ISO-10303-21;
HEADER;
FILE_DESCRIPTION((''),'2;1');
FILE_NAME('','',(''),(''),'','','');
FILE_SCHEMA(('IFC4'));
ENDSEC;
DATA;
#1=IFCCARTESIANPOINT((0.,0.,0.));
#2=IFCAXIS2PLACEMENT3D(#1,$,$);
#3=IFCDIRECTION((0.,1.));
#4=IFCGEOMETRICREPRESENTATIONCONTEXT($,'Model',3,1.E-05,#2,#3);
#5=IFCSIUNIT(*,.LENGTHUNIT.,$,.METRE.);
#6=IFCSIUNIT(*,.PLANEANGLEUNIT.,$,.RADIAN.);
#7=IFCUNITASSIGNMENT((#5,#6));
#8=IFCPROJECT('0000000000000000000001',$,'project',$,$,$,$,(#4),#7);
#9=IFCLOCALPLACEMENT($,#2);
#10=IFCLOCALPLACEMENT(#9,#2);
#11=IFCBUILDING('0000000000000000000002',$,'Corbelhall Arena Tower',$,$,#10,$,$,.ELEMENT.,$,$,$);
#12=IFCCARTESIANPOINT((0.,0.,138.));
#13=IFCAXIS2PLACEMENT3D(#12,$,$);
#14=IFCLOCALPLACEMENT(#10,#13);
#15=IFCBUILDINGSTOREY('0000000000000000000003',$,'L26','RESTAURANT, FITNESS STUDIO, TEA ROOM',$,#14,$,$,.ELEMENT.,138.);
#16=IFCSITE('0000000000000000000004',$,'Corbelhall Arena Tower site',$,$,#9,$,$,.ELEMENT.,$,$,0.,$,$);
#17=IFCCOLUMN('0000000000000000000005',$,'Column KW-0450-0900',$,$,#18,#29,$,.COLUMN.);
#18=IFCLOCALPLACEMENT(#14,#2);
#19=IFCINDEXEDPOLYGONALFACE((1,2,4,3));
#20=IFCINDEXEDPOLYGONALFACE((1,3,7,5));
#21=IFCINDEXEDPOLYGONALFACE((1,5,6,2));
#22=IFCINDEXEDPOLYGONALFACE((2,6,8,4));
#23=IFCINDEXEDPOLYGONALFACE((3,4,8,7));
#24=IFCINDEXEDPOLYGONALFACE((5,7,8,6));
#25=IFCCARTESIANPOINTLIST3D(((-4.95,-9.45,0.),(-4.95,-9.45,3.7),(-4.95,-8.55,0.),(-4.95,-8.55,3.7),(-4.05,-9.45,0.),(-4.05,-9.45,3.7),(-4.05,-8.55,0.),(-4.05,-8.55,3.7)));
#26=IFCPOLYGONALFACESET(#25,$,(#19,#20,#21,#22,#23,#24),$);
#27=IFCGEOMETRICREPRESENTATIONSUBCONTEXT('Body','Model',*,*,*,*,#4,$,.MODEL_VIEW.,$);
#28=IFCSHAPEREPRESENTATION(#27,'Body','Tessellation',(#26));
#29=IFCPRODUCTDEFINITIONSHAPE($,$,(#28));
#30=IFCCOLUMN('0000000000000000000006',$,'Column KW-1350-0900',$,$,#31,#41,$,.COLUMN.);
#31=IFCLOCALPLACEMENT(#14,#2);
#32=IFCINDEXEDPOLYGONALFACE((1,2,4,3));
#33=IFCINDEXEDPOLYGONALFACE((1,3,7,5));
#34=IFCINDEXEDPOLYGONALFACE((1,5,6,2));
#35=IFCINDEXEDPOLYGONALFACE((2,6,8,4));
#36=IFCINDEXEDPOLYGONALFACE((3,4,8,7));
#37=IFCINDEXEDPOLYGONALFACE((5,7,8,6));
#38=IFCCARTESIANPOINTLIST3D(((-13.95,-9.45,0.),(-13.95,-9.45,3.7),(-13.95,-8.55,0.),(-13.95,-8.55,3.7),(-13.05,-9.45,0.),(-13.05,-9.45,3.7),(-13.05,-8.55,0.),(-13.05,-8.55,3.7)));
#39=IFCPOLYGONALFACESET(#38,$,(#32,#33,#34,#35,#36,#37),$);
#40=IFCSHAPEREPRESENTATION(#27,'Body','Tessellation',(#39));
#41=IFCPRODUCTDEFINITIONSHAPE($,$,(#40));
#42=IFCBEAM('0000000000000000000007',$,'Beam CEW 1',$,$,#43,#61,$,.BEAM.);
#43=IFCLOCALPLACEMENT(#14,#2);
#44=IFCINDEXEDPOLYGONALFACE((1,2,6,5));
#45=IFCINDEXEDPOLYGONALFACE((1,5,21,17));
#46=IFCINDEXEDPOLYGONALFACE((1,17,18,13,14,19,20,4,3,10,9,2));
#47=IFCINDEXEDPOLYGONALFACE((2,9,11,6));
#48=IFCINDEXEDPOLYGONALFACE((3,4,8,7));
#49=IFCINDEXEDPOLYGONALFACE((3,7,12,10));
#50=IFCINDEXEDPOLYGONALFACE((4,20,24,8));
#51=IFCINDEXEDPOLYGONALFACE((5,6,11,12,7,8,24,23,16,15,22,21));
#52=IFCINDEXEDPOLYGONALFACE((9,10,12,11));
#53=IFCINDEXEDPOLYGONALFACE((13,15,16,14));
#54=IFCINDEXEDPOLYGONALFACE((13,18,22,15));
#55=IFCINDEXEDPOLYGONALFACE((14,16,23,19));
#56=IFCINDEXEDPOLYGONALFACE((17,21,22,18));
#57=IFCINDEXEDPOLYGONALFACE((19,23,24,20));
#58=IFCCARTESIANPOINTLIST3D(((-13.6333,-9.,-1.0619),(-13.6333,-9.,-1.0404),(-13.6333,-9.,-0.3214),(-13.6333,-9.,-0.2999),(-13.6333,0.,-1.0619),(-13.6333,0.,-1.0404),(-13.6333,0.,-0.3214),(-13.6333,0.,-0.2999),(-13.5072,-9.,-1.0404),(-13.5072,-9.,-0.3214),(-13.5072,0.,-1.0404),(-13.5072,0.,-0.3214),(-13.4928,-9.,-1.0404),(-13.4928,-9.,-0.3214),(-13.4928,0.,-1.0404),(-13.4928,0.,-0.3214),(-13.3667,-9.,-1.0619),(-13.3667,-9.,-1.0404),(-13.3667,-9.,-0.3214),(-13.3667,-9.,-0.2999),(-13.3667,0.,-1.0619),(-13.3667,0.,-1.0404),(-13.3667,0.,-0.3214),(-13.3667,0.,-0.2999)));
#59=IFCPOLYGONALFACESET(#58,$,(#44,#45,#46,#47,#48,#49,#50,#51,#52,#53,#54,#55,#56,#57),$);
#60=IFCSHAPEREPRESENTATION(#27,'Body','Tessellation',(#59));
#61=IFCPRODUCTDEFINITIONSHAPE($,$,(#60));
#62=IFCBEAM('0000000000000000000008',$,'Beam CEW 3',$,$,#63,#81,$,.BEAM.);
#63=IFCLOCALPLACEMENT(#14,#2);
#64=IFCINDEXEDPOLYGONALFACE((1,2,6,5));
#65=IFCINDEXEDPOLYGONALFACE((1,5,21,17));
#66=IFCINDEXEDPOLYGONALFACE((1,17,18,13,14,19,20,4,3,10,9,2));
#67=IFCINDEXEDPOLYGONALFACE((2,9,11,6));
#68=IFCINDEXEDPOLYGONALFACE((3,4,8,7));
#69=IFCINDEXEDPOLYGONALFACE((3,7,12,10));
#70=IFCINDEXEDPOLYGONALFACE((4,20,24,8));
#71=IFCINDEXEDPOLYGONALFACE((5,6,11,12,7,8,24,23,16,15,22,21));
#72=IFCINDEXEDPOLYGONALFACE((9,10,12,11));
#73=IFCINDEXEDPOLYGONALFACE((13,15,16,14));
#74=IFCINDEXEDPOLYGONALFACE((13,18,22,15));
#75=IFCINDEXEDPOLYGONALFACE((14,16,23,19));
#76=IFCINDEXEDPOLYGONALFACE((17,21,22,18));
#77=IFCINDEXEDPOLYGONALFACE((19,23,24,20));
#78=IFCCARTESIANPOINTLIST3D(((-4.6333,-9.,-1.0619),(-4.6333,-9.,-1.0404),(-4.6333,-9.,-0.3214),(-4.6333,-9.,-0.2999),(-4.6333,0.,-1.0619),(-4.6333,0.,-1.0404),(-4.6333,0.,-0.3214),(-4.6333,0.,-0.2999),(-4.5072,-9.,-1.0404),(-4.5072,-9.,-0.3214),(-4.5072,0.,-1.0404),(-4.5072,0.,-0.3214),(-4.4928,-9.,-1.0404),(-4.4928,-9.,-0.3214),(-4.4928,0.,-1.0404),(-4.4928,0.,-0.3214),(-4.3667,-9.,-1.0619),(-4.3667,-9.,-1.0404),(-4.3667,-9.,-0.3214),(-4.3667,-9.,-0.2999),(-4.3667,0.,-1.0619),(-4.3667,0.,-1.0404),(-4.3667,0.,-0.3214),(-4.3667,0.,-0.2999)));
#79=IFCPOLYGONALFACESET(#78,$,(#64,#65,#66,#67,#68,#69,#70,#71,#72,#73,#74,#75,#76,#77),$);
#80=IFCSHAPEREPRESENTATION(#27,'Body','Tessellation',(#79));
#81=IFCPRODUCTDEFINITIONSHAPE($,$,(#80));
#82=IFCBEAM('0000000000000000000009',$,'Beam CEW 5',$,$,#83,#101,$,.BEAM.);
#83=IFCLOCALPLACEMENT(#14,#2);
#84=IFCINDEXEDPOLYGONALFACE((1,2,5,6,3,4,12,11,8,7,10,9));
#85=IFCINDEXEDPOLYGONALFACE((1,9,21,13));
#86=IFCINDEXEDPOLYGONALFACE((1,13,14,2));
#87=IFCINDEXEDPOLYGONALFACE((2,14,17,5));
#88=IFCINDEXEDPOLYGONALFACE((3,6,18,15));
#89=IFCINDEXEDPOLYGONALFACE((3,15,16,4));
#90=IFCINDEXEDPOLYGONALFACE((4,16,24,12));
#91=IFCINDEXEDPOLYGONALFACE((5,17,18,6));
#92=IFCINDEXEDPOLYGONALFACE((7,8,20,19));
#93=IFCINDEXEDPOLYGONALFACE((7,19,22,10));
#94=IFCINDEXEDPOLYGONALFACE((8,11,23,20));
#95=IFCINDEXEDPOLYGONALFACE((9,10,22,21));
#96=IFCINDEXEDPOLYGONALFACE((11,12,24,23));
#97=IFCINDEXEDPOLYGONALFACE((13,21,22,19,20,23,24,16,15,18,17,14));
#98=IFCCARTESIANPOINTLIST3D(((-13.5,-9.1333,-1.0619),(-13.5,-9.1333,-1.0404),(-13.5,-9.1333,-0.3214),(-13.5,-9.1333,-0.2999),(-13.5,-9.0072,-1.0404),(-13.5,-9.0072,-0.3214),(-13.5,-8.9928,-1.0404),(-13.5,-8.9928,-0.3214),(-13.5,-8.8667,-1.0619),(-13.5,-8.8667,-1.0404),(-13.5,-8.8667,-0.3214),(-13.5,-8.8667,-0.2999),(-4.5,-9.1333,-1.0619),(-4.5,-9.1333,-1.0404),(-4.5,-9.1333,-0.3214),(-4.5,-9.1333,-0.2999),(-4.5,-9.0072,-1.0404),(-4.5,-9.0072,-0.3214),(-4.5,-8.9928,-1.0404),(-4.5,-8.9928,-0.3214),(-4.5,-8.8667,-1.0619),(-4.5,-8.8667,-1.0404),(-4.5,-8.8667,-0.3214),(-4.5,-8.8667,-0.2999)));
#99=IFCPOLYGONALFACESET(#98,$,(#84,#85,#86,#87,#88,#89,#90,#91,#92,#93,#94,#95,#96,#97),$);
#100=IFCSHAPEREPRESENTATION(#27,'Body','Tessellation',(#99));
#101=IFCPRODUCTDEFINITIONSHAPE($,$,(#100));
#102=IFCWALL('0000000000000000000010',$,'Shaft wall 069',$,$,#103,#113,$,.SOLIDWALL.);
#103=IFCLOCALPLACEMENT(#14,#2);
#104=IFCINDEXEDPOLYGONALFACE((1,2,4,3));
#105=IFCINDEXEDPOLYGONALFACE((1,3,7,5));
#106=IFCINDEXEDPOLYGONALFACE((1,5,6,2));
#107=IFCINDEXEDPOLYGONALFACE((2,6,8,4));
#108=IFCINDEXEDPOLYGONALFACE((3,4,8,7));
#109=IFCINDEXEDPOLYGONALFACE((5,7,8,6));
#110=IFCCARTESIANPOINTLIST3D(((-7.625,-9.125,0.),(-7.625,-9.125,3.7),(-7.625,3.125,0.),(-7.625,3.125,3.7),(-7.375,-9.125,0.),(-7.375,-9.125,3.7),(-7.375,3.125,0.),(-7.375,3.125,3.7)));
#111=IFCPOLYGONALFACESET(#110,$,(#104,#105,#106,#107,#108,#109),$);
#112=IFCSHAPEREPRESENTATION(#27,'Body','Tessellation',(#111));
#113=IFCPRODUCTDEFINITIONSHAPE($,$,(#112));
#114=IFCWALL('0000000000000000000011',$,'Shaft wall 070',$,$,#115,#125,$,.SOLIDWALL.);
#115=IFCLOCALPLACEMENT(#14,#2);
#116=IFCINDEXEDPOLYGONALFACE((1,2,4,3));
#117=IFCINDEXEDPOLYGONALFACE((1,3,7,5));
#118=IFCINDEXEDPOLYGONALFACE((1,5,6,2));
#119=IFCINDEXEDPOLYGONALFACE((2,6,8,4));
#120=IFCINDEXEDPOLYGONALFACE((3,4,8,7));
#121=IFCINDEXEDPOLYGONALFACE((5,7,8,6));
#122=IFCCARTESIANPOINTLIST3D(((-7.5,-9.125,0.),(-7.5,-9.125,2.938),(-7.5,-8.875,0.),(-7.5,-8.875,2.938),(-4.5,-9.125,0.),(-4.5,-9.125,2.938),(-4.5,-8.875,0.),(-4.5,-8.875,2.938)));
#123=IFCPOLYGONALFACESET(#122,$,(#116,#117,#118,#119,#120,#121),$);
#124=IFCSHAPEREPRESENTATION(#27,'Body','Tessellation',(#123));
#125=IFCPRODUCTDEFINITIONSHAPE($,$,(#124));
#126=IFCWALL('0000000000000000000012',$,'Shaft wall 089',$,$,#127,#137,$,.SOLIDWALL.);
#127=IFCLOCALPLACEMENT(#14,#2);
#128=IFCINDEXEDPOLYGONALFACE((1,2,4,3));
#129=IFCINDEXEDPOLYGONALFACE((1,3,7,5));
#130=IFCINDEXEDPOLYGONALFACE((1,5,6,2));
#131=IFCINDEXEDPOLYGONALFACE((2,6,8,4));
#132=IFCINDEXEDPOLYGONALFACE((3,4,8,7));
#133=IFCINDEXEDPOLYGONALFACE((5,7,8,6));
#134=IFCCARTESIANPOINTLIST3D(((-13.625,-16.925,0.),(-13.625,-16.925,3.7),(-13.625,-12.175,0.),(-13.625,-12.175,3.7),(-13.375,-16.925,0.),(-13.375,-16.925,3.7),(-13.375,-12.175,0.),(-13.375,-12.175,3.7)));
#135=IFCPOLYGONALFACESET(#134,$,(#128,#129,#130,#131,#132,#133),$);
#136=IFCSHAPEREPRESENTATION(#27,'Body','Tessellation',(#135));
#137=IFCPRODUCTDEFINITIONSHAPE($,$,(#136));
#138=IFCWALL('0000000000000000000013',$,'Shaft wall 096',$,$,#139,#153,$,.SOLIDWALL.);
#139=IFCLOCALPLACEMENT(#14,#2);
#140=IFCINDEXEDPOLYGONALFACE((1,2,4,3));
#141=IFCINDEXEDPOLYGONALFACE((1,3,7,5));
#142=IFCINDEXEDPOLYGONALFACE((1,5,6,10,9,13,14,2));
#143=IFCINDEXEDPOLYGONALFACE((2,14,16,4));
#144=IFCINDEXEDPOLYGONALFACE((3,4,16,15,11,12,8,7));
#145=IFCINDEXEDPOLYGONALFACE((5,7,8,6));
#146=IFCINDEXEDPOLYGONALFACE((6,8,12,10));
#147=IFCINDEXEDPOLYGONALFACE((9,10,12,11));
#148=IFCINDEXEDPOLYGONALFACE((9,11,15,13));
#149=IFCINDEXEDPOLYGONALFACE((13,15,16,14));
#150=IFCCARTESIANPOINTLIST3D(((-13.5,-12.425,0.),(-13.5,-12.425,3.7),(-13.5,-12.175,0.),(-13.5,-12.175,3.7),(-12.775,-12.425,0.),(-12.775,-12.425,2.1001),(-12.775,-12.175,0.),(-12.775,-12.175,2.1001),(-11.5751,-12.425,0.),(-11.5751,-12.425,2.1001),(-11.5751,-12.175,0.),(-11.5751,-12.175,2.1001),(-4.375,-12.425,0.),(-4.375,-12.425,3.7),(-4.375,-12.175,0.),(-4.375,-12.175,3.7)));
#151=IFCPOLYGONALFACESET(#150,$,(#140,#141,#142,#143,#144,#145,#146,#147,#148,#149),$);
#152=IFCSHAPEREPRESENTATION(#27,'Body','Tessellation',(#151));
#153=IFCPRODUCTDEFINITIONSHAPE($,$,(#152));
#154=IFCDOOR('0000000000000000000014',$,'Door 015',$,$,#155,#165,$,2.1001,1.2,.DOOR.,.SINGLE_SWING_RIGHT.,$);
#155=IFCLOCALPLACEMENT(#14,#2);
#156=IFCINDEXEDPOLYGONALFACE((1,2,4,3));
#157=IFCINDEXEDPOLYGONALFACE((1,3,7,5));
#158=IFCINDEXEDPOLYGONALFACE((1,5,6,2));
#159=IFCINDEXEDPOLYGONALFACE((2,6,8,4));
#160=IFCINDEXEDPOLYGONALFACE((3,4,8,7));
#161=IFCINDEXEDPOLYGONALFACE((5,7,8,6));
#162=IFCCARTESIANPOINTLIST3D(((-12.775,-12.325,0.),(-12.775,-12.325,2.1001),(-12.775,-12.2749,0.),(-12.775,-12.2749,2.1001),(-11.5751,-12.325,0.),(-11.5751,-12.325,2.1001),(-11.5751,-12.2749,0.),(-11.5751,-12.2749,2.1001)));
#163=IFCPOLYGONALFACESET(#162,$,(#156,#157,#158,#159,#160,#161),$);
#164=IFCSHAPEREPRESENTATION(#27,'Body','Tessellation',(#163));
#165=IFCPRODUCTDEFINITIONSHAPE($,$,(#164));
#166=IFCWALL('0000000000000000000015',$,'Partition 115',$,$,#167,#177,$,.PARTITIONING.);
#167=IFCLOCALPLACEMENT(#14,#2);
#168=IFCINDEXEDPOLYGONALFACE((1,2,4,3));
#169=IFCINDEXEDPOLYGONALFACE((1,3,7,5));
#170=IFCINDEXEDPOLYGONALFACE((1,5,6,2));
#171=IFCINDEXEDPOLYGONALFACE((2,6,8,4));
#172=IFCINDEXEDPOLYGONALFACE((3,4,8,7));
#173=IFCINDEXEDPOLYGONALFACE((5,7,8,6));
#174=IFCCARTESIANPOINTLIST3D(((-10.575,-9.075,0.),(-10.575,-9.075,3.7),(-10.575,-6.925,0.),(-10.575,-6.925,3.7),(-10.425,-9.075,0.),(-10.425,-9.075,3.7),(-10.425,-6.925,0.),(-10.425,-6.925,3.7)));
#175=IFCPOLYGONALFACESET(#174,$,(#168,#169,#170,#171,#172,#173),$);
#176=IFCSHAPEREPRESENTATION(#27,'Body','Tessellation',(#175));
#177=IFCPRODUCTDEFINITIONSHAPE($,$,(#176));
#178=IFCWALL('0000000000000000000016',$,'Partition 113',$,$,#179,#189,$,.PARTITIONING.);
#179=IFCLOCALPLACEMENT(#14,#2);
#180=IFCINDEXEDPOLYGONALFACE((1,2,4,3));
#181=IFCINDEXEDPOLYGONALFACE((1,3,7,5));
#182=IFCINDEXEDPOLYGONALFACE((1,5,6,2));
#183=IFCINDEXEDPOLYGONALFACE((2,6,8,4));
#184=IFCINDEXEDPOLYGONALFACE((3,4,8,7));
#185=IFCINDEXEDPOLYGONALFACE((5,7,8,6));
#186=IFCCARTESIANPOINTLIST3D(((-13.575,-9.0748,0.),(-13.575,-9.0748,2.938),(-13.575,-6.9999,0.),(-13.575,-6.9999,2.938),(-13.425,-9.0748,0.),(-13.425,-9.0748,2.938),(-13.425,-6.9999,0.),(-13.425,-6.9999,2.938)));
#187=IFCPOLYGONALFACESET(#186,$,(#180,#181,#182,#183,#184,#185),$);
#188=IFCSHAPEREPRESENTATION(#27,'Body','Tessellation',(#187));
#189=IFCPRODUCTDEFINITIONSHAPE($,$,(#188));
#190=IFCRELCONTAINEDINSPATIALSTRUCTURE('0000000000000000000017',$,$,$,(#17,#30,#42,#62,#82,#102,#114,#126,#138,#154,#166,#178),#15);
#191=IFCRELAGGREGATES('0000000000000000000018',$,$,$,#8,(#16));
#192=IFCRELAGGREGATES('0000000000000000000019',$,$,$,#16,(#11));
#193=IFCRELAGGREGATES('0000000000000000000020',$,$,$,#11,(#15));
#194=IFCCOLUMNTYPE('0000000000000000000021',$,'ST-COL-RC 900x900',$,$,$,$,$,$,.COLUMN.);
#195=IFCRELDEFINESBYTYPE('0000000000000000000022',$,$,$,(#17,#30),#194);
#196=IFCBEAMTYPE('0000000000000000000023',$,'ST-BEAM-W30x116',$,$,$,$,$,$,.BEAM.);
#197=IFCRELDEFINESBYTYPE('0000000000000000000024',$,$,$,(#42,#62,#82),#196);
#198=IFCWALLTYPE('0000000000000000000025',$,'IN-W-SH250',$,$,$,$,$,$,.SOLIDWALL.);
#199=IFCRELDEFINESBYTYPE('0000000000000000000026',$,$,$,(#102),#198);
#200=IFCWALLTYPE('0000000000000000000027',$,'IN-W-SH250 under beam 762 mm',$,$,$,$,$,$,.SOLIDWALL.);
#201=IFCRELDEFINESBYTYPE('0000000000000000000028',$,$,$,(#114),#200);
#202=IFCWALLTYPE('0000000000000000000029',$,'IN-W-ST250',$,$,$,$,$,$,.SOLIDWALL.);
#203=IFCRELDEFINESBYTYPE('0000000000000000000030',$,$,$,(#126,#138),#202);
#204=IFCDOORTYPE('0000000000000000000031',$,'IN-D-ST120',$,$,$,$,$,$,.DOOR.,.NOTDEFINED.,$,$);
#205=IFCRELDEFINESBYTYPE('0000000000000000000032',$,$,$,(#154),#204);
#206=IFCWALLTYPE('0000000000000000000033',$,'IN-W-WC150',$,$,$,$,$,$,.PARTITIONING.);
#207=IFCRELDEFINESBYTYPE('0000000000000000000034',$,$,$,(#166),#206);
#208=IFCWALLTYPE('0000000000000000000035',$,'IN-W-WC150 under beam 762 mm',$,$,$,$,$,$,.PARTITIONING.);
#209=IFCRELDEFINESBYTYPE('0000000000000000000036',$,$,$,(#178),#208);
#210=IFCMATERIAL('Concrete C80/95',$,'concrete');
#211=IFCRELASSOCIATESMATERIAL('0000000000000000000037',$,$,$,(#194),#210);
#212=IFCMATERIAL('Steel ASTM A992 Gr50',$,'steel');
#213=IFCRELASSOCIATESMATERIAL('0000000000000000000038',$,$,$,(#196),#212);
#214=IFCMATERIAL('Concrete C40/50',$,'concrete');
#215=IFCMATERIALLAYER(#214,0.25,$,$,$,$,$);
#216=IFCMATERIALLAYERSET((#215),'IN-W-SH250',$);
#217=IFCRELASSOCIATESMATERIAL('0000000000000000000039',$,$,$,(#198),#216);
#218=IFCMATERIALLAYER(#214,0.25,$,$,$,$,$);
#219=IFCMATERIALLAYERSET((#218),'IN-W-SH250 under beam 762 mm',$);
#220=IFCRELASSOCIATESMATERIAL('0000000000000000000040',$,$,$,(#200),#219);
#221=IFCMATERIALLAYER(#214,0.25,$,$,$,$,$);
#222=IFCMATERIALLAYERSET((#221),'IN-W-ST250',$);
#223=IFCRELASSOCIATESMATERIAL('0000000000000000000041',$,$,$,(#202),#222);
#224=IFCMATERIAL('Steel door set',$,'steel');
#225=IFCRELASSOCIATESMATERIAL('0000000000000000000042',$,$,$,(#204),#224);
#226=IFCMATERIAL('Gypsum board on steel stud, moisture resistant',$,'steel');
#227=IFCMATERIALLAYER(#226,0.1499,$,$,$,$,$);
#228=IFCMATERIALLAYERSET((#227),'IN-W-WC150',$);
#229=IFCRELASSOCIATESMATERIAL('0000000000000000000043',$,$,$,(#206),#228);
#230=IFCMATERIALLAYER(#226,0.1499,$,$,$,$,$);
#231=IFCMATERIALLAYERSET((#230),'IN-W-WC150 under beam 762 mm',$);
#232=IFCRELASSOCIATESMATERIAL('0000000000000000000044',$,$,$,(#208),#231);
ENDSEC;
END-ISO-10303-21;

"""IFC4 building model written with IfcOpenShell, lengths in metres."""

from ifc_helpers import new_model, si_unit, direction, frame, frame_2d, origin, origin_2d, place, context, subcontext, project, spatial, rectangle, i_section, extrude, material, layer, layer_set, material_profile, profile_set, type_object, element, fill, save


model = new_model("IFC4")

# Units and contexts
model_context = context("Model", 3, precision=1e-05, world=origin(), true_north=direction((0.0, 1.0)))
body_context = subcontext(model_context, "Body", "Model", "MODEL_VIEW")
ifc_project = project(units=[si_unit("LENGTHUNIT", "METRE"), si_unit("PLANEANGLEUNIT", "RADIAN")], contexts=[model_context])

# Site, building, storey
site_placement = place(None, origin())
site = spatial("IfcSite", under=ifc_project, at=site_placement, Name="Corbelhall Arena Tower site", CompositionType="ELEMENT", RefElevation=0.0)
building_placement = place(site_placement, origin())
building = spatial("IfcBuilding", under=site, at=building_placement, Name="Corbelhall Arena Tower", CompositionType="ELEMENT")
storey_placement = place(building_placement, frame((0.0, 0.0, 138.0)))
storey = spatial("IfcBuildingStorey", under=building, at=storey_placement, Name="L26", Description="RESTAURANT, FITNESS STUDIO, TEA ROOM", CompositionType="ELEMENT", Elevation=138.0)

# Columns
ifc_material_1 = material(Name="Concrete C80/95", Category="concrete")
ifc_material_profile_1 = material_profile(ifc_material_1, rectangle(XDim=0.8999, YDim=0.8999, at=origin_2d()))
ifc_profile_set_1 = profile_set([ifc_material_profile_1], Name="Concrete C80/95")
column_type = type_object("IfcColumnType", Name="ST-COL-RC 900x900", PredefinedType="COLUMN", material=ifc_profile_set_1)
for number, where, z_axis, x_axis, name in (
    (1, (-4.5, -9.0, 0.0), (0.0, 0.0, 1.0), (1.0, 0.0, 0.0), "Column KW-0450-0900"),
    (2, (-13.5, -9.0, 0.0), (0.0, 0.0, 1.0), (1.0, 0.0, 0.0), "Column KW-1350-0900"),
):
    element("IfcColumn", number, at=place(storey_placement, frame(where, z_axis=z_axis, x_axis=x_axis)), inside=storey, type_object=column_type, Name=name, PredefinedType="COLUMN", context=body_context, shape_type="SweptSolid", body=[
        extrude(rectangle(XDim=0.8999, YDim=0.8999, at=origin_2d()), origin(), (0.0, 0.0, 1.0), 3.7),
    ])

# Beams
ifc_material_2 = material(Name="Steel ASTM A992 Gr50", Category="steel")
ifc_material_profile_2 = material_profile(ifc_material_2, i_section(OverallWidth=0.2666, OverallDepth=0.762, WebThickness=0.0144, FlangeThickness=0.0215, at=origin_2d()))
ifc_profile_set_2 = profile_set([ifc_material_profile_2], Name="Steel ASTM A992 Gr50")
beam_type = type_object("IfcBeamType", Name="ST-BEAM-W30x116", PredefinedType="BEAM", material=ifc_profile_set_2)
for number, where, z_axis, x_axis, name in (
    (3, (-13.5, -9.0, -0.6809), (0.0, 1.0, 0.0), (-1.0, 0.0, 0.0), "Beam CEW 1"),
    (4, (-4.5, -9.0, -0.6809), (0.0, 1.0, 0.0), (-1.0, 0.0, 0.0), "Beam CEW 3"),
    (5, (-13.5, -9.0, -0.6809), (1.0, 0.0, 0.0), (0.0, 1.0, 0.0), "Beam CEW 5"),
):
    element("IfcBeam", number, at=place(storey_placement, frame(where, z_axis=z_axis, x_axis=x_axis)), inside=storey, type_object=beam_type, Name=name, PredefinedType="BEAM", context=body_context, shape_type="SweptSolid", body=[
        extrude(i_section(OverallWidth=0.2666, OverallDepth=0.762, WebThickness=0.0144, FlangeThickness=0.0215, at=origin_2d()), origin(), (0.0, 0.0, 1.0), 9.0),
    ])

# Shared definitions
ifc_material_3 = material(Name="Steel door set", Category="steel")

# Walls
ifc_material_4 = material(Name="Concrete C40/50", Category="concrete")
ifc_layer_1 = layer(ifc_material_4, 0.25)
ifc_layer_set_1 = layer_set([ifc_layer_1], Name="IN-W-SH250")
wall_type_1 = type_object("IfcWallType", Name="IN-W-SH250", PredefinedType="SOLIDWALL", material=ifc_layer_set_1)
wall_1_placement = place(storey_placement, frame((-7.5, -9.125, 0.0), z_axis=(0.0, 0.0, 1.0), x_axis=(0.0, 1.0, 0.0)))
element("IfcWall", 6, at=wall_1_placement, inside=storey, type_object=wall_type_1, Name="Shaft wall 069", PredefinedType="SOLIDWALL", context=body_context, shape_type="SweptSolid", body=[
    extrude(rectangle(XDim=12.25, YDim=0.25, at=frame_2d((6.125, 0.0))), origin(), (0.0, 0.0, 1.0), 3.7),
])
ifc_layer_2 = layer(ifc_material_4, 0.25)
ifc_layer_set_2 = layer_set([ifc_layer_2], Name="IN-W-SH250 under beam 762 mm")
wall_type_2 = type_object("IfcWallType", Name="IN-W-SH250 under beam 762 mm", PredefinedType="SOLIDWALL", material=ifc_layer_set_2)
wall_2_placement = place(storey_placement, frame((-4.5, -9.0, 0.0), z_axis=(0.0, 0.0, 1.0), x_axis=(-1.0, 0.0, 0.0)))
element("IfcWall", 7, at=wall_2_placement, inside=storey, type_object=wall_type_2, Name="Shaft wall 070", PredefinedType="SOLIDWALL", context=body_context, shape_type="SweptSolid", body=[
    extrude(rectangle(XDim=3.0, YDim=0.25, at=frame_2d((1.5, 0.0))), origin(), (0.0, 0.0, 1.0), 2.938),
])
ifc_layer_3 = layer(ifc_material_4, 0.25)
ifc_layer_set_3 = layer_set([ifc_layer_3], Name="IN-W-ST250")
wall_type_3 = type_object("IfcWallType", Name="IN-W-ST250", PredefinedType="SOLIDWALL", material=ifc_layer_set_3)
wall_3_placement = place(storey_placement, frame((-13.5, -12.175, 0.0), z_axis=(0.0, 0.0, 1.0), x_axis=(0.0, -1.0, 0.0)))
element("IfcWall", 8, at=wall_3_placement, inside=storey, type_object=wall_type_3, Name="Shaft wall 089", PredefinedType="SOLIDWALL", context=body_context, shape_type="SweptSolid", body=[
    extrude(rectangle(XDim=4.75, YDim=0.25, at=frame_2d((2.375, 0.0))), origin(), (0.0, 0.0, 1.0), 3.7),
])

# Wall, opening, door
wall_4_placement = place(storey_placement, frame((-4.375, -12.3, 0.0), z_axis=(0.0, 0.0, 1.0), x_axis=(-1.0, 0.0, 0.0)))
wall_4 = element("IfcWall", 9, at=wall_4_placement, inside=storey, type_object=wall_type_3, Name="Shaft wall 096", PredefinedType="SOLIDWALL", context=body_context, shape_type="SweptSolid", body=[
    extrude(rectangle(XDim=9.125, YDim=0.25, at=frame_2d((4.5625, 0.0))), origin(), (0.0, 0.0, 1.0), 3.7),
])
opening_1_placement = place(wall_4_placement, frame((7.2, 0.0, 0.0)))
opening_1 = element("IfcOpeningElement", 10, at=opening_1_placement, cuts=wall_4, PredefinedType="OPENING", context=body_context, shape_type="SweptSolid", body=[
    extrude(rectangle(XDim=1.2, YDim=2.1001, at=frame_2d((0.6001, 1.05))), frame((0.0, 0.125, 0.0), z_axis=(0.0, -1.0, 0.0), x_axis=(1.0, 0.0, 0.0)), (0.0, 0.0, 1.0), 0.25),
])
door_type_1 = type_object("IfcDoorType", Name="IN-D-ST120", OperationType="NOTDEFINED", PredefinedType="DOOR", material=ifc_material_3)
door_1_placement = place(opening_1_placement, origin())
door_1 = element("IfcDoor", 11, at=door_1_placement, inside=storey, type_object=door_type_1, Name="Door 015", OperationType="SINGLE_SWING_RIGHT", OverallHeight=2.1001, OverallWidth=1.2, PredefinedType="DOOR", context=body_context, shape_type="SweptSolid", body=[
    extrude(rectangle(XDim=1.2, YDim=2.1001, at=frame_2d((0.6001, 1.05))), frame((0.0, 0.0249, 0.0), z_axis=(0.0, -1.0, 0.0), x_axis=(1.0, 0.0, 0.0)), (0.0, 0.0, 1.0), 0.05),
])
fill(opening_1, door_1)

# Walls
ifc_material_5 = material(Name="Gypsum board on steel stud, moisture resistant", Category="steel")
ifc_layer_4 = layer(ifc_material_5, 0.1499)
ifc_layer_set_4 = layer_set([ifc_layer_4], Name="IN-W-WC150")
wall_type_4 = type_object("IfcWallType", Name="IN-W-WC150", PredefinedType="PARTITIONING", material=ifc_layer_set_4)
wall_5_placement = place(storey_placement, frame((-10.5, -9.075, 0.0), z_axis=(0.0, 0.0, 1.0), x_axis=(0.0, 1.0, 0.0)))
element("IfcWall", 12, at=wall_5_placement, inside=storey, type_object=wall_type_4, Name="Partition 115", PredefinedType="PARTITIONING", context=body_context, shape_type="SweptSolid", body=[
    extrude(rectangle(XDim=2.1499, YDim=0.1499, at=frame_2d((1.075, 0.0))), origin(), (0.0, 0.0, 1.0), 3.7),
])
ifc_layer_5 = layer(ifc_material_5, 0.1499)
ifc_layer_set_5 = layer_set([ifc_layer_5], Name="IN-W-WC150 under beam 762 mm")
wall_type_5 = type_object("IfcWallType", Name="IN-W-WC150 under beam 762 mm", PredefinedType="PARTITIONING", material=ifc_layer_set_5)
wall_6_placement = place(storey_placement, frame((-13.5, -9.075, 0.0), z_axis=(0.0, 0.0, 1.0), x_axis=(0.0, 1.0, 0.0)))
element("IfcWall", 13, at=wall_6_placement, inside=storey, type_object=wall_type_5, Name="Partition 113", PredefinedType="PARTITIONING", context=body_context, shape_type="SweptSolid", body=[
    extrude(rectangle(XDim=2.075, YDim=0.1499, at=frame_2d((1.0376, 0.0))), origin(), (0.0, 0.0, 1.0), 2.938),
])

save(model, "model.ifc")
